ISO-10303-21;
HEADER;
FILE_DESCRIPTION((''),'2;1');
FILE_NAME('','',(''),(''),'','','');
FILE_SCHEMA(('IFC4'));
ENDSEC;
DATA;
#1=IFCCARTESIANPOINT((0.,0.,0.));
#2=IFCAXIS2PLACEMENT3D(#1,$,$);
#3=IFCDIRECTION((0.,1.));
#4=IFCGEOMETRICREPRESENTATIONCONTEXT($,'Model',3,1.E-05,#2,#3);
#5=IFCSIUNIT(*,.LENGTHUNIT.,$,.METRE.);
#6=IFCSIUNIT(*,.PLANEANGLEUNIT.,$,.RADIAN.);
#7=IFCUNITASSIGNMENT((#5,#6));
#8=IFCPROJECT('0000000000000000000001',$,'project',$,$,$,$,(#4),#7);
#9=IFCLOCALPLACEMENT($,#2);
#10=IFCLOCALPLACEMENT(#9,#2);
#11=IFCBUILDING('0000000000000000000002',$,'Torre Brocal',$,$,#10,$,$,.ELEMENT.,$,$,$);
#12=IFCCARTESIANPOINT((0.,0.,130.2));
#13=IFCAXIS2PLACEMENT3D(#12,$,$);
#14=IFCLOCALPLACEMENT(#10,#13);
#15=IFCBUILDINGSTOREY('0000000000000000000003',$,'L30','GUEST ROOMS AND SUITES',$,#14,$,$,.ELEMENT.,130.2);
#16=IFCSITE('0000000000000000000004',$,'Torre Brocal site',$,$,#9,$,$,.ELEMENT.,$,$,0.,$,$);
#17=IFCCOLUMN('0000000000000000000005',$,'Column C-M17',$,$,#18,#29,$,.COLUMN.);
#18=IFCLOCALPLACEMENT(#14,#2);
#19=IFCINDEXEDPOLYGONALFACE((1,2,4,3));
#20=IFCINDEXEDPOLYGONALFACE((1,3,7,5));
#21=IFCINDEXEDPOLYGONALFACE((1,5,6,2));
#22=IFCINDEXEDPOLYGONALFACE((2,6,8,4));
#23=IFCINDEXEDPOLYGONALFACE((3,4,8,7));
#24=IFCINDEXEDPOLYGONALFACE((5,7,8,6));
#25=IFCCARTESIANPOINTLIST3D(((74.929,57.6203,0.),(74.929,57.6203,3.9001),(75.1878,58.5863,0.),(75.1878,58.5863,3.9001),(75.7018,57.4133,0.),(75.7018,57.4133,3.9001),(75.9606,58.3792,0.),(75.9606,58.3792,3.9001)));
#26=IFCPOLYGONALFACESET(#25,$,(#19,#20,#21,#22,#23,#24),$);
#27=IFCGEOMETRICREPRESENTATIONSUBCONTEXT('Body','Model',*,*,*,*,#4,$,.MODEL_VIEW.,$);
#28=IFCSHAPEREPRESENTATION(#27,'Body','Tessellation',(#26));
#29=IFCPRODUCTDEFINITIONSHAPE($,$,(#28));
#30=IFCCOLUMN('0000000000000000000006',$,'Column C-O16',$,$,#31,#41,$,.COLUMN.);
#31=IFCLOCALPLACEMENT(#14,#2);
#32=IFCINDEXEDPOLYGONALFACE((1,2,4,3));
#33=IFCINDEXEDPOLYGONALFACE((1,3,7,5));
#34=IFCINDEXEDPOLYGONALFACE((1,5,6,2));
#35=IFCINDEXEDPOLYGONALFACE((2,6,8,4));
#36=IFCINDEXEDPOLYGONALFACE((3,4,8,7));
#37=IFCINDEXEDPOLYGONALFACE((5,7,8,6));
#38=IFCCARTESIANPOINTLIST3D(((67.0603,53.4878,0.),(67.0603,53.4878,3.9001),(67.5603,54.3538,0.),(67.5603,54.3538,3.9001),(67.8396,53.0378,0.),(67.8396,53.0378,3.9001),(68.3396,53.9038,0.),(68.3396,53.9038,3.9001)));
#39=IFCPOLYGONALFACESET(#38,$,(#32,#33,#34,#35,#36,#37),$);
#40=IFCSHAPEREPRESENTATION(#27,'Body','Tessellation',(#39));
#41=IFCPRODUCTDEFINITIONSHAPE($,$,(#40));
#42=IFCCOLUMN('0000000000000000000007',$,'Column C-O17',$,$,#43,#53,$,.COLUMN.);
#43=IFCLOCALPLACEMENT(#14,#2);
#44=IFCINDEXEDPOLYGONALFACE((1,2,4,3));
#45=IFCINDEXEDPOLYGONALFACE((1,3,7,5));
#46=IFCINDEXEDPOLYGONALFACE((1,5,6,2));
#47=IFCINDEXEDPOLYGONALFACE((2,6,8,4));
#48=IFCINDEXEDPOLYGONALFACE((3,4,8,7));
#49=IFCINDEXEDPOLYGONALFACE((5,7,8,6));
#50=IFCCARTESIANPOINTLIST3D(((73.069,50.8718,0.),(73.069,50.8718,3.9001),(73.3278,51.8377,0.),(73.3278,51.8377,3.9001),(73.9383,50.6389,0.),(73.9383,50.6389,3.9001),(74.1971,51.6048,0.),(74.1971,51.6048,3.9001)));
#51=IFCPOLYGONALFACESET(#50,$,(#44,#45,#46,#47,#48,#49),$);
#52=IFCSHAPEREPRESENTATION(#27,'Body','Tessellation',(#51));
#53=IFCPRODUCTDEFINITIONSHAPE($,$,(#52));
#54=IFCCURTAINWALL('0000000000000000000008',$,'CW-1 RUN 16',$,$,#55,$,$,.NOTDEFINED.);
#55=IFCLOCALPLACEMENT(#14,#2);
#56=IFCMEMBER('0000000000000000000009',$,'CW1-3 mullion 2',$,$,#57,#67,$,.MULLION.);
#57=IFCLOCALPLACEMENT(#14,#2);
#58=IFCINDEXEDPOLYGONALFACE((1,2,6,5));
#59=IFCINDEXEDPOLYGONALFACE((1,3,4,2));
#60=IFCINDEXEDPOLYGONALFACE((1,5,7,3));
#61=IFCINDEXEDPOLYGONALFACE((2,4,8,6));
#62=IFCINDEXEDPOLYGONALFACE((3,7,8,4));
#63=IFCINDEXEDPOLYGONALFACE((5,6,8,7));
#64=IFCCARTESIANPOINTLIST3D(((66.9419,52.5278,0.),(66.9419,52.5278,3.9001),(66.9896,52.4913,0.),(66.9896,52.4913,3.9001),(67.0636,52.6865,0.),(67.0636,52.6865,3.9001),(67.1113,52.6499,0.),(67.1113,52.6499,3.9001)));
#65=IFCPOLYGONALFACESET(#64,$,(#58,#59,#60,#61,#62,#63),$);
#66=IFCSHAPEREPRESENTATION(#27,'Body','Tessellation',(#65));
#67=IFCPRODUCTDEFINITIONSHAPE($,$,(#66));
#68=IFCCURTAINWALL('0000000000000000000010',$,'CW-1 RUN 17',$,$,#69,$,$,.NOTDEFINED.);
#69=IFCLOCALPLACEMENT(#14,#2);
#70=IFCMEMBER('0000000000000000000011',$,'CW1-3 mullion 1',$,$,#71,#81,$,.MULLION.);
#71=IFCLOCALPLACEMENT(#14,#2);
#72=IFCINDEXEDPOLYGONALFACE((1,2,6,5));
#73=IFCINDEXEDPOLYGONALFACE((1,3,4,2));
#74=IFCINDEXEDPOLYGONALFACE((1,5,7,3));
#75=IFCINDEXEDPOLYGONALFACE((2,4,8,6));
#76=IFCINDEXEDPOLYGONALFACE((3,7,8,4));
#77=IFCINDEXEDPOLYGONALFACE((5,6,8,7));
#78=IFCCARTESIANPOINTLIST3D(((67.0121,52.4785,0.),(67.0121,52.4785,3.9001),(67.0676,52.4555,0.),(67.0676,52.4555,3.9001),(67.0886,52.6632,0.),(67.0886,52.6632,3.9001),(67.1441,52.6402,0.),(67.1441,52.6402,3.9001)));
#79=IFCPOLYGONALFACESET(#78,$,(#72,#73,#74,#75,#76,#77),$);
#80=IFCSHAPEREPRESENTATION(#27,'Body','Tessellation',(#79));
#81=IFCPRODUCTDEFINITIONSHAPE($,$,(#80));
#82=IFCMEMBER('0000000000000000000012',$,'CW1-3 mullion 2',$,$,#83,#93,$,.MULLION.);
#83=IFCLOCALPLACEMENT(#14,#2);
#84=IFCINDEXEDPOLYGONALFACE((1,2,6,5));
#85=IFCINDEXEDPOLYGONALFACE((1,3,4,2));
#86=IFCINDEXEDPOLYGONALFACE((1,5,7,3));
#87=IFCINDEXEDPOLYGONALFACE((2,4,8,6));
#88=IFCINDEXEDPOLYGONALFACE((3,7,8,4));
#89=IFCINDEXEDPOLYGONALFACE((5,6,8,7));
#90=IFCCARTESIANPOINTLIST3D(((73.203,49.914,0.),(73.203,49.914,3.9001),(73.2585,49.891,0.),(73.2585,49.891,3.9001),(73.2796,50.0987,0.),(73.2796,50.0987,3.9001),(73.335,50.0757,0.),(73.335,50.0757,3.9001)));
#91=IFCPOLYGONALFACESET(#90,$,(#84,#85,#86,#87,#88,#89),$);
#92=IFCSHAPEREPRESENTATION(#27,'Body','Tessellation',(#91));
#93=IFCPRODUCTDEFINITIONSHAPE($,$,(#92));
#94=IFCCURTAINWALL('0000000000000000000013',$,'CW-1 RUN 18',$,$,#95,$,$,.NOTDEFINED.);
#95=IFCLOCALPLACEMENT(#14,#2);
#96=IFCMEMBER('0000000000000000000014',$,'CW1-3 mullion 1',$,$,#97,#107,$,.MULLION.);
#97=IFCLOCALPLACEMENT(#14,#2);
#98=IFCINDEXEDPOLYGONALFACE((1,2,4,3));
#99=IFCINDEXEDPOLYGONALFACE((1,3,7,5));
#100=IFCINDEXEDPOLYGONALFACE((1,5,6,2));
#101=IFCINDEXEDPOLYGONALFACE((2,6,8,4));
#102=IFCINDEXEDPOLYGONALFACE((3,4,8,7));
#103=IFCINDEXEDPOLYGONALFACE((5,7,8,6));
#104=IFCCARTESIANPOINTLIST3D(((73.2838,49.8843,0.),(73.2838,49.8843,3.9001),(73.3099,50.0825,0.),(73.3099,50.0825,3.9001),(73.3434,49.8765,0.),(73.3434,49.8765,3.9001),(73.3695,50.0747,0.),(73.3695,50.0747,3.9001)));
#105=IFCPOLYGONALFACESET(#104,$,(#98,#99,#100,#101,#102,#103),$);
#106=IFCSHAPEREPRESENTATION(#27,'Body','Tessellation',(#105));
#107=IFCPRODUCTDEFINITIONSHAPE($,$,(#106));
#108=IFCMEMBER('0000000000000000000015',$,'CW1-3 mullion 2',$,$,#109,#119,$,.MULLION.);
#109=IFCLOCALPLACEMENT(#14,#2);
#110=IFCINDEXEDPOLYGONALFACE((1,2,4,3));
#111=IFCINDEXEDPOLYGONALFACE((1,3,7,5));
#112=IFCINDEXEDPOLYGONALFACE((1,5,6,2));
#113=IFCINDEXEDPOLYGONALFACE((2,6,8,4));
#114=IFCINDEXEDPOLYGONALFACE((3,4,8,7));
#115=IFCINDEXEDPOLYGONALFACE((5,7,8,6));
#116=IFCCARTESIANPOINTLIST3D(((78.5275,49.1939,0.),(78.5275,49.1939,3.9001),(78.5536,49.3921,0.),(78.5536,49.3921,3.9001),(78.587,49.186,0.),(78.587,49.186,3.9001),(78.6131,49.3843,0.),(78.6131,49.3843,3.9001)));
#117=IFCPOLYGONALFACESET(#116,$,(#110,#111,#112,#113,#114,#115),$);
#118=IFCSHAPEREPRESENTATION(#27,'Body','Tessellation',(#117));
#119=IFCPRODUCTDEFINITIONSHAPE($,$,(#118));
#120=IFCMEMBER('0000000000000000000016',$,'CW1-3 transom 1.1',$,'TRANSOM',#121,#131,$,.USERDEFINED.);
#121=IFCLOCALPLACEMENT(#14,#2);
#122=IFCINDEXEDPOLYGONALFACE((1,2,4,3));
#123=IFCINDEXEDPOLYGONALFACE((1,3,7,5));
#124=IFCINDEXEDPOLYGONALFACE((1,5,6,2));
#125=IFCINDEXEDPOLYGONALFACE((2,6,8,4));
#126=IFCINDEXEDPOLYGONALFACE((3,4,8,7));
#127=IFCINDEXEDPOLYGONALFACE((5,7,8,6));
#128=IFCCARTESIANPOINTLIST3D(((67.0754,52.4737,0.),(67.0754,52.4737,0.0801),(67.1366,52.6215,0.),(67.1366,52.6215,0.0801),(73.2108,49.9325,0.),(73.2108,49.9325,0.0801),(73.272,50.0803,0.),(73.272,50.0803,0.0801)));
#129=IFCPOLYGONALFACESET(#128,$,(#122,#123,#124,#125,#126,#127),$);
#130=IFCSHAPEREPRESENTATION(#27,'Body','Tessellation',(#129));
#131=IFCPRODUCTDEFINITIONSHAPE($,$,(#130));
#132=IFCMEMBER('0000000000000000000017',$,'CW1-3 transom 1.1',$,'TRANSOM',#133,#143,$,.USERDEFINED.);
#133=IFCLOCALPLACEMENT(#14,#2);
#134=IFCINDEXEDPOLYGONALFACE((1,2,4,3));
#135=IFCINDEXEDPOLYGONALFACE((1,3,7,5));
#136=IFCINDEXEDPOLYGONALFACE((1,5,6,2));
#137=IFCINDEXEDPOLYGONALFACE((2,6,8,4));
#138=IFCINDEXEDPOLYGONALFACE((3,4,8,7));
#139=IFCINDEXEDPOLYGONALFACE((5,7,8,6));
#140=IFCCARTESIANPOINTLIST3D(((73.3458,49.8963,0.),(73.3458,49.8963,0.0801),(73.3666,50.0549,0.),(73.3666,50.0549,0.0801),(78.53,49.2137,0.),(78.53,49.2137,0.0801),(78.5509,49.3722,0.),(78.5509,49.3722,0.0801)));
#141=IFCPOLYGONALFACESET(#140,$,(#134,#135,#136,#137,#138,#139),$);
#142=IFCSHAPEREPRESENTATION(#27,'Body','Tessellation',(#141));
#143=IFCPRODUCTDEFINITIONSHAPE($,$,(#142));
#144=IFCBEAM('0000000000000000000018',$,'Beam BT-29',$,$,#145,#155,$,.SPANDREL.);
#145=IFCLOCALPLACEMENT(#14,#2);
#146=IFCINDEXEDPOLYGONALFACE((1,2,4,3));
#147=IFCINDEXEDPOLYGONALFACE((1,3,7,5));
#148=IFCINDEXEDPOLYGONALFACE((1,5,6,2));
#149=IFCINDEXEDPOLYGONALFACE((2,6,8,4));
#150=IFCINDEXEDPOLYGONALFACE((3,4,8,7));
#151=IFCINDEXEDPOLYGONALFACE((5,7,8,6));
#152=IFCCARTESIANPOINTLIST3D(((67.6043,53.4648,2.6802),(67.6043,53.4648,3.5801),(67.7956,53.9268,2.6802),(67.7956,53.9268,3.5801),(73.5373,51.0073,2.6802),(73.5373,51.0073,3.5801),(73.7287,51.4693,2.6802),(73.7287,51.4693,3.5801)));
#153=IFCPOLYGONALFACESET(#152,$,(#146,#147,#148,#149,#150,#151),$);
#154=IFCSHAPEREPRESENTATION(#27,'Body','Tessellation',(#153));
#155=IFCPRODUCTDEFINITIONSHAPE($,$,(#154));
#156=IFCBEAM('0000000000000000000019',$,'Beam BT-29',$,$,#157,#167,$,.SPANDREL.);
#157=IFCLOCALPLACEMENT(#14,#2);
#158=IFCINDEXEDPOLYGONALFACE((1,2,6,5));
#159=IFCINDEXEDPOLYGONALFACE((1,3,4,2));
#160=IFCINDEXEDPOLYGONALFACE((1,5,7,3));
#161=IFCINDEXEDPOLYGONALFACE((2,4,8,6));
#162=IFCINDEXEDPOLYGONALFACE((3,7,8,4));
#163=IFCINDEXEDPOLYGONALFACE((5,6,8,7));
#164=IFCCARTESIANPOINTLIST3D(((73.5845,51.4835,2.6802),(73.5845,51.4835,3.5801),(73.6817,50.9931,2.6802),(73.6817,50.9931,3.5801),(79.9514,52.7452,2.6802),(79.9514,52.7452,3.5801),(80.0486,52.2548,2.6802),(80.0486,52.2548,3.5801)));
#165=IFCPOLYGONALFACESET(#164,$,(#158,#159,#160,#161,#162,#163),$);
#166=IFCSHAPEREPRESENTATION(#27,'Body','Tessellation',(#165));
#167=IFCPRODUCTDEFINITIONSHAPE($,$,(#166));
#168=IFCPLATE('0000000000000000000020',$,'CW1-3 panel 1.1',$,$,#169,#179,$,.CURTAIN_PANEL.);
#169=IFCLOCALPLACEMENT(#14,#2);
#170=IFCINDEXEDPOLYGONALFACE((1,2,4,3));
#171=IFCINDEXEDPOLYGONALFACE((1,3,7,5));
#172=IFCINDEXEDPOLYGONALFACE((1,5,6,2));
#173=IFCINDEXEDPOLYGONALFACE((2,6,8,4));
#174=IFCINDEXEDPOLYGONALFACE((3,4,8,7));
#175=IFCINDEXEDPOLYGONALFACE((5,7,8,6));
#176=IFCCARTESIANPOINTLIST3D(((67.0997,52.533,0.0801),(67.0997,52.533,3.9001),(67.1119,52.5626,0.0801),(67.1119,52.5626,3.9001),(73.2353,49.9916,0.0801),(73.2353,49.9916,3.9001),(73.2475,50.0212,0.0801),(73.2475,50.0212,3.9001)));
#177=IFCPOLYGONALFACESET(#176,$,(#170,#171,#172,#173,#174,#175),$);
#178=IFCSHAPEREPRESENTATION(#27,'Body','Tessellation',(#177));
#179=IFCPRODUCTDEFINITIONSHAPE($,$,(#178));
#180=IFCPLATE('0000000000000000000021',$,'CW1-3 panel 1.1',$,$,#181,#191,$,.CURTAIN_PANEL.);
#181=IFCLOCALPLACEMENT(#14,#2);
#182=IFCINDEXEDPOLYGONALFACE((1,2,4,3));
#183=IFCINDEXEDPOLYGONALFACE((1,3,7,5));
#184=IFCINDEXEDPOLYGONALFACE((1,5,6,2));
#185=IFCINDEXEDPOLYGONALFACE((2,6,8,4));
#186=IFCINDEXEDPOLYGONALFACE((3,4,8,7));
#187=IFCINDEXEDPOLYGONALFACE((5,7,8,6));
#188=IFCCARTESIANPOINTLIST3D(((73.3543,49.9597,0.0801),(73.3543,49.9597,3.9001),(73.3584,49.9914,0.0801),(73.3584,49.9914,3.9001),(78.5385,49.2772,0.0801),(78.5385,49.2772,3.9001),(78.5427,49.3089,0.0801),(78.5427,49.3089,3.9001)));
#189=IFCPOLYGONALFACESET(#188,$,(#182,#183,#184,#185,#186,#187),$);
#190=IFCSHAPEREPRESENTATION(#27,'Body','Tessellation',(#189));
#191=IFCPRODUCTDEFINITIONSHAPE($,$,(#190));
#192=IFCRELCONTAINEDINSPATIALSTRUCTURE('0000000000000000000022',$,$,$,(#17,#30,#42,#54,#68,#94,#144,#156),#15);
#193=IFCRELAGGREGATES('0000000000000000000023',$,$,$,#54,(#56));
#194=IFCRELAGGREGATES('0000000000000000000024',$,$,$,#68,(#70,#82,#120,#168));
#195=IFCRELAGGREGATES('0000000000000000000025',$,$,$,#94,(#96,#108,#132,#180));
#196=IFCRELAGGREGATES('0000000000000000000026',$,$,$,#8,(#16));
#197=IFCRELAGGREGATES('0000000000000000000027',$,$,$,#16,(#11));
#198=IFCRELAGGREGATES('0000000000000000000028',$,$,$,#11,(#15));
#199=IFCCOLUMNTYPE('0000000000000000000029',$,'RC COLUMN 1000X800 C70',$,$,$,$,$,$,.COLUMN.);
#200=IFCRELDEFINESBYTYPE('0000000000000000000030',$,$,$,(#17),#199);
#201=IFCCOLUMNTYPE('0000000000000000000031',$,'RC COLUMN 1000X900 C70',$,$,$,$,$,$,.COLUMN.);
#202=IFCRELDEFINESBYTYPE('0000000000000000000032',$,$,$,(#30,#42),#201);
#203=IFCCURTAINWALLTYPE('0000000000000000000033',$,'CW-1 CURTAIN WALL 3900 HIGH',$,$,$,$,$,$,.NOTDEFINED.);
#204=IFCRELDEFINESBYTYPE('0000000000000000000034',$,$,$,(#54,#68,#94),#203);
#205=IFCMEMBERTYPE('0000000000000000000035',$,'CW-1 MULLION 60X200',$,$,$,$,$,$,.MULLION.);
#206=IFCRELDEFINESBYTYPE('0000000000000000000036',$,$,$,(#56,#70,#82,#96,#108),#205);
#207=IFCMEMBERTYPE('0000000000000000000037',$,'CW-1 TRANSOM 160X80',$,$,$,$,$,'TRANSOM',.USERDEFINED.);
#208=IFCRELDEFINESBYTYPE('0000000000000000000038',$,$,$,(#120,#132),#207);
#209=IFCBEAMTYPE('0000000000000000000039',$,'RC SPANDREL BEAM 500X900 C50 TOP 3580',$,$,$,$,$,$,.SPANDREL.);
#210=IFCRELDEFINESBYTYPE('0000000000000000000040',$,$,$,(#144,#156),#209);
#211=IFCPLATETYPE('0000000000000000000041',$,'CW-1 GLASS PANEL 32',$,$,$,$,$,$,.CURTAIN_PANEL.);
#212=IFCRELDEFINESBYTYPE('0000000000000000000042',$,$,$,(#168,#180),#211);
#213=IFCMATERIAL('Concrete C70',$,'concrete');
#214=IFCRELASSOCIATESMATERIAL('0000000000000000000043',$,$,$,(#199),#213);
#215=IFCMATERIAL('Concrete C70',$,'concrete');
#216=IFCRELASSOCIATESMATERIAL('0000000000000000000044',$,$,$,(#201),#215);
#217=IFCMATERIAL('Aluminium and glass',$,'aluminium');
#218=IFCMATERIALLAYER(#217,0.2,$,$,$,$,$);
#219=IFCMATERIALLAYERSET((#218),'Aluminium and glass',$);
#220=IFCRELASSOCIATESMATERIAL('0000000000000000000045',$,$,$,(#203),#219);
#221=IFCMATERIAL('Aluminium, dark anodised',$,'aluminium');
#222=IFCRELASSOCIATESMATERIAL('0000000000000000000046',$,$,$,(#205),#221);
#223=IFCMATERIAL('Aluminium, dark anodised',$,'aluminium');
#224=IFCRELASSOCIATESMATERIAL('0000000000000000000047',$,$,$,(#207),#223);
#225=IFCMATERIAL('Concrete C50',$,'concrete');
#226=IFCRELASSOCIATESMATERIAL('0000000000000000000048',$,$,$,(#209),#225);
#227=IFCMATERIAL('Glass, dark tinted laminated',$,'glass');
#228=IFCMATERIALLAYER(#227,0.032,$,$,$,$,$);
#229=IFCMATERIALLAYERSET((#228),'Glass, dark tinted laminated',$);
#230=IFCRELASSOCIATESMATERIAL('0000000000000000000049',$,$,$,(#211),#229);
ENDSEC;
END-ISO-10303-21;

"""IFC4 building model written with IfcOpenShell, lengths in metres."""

from ifc_helpers import new_model, si_unit, direction, frame, origin, origin_2d, place, context, subcontext, project, spatial, rectangle, extrude, material, layer, layer_set, material_profile, profile_set, type_object, element, aggregate, save


model = new_model("IFC4")

# Units and contexts
model_context = context("Model", 3, precision=1e-05, world=origin(), true_north=direction((0.0, 1.0)))
body_context = subcontext(model_context, "Body", "Model", "MODEL_VIEW")
ifc_project = project(units=[si_unit("LENGTHUNIT", "METRE"), si_unit("PLANEANGLEUNIT", "RADIAN")], contexts=[model_context])

# Site, building, storey
site_placement = place(None, origin())
site = spatial("IfcSite", under=ifc_project, at=site_placement, Name="Torre Brocal site", CompositionType="ELEMENT", RefElevation=0.0)
building_placement = place(site_placement, origin())
building = spatial("IfcBuilding", under=site, at=building_placement, Name="Torre Brocal", CompositionType="ELEMENT")
storey_placement = place(building_placement, frame((0.0, 0.0, 130.2)))
storey = spatial("IfcBuildingStorey", under=building, at=storey_placement, Name="L30", Description="GUEST ROOMS AND SUITES", CompositionType="ELEMENT", Elevation=130.2)

# Columns
ifc_material_1 = material(Name="Concrete C70", Category="concrete")
ifc_material_profile_1 = material_profile(ifc_material_1, rectangle(XDim=1.0, YDim=0.8, at=origin_2d()), Name="RC 1000X800")
ifc_profile_set_1 = profile_set([ifc_material_profile_1], Name="Concrete C70")
column_type_1 = type_object("IfcColumnType", Name="RC COLUMN 1000X800 C70", PredefinedType="COLUMN", material=ifc_profile_set_1)
column_placement = place(storey_placement, frame((75.4448, 57.9998, 0.0), z_axis=(0.0, 0.0, 1.0), x_axis=(-0.258819, -0.965926, 0.0)))
element("IfcColumn", 1, at=column_placement, inside=storey, type_object=column_type_1, Name="Column C-M17", PredefinedType="COLUMN", context=body_context, shape_type="SweptSolid", body=[
    extrude(rectangle(XDim=1.0, YDim=0.8, at=origin_2d()), origin(), (0.0, 0.0, 1.0), 3.9001),
])
ifc_material_2 = material(Name="Concrete C70", Category="concrete")
ifc_material_profile_2 = material_profile(ifc_material_2, rectangle(XDim=1.0, YDim=0.8999, at=origin_2d()), Name="RC 1000X900")
ifc_profile_set_2 = profile_set([ifc_material_profile_2], Name="Concrete C70")
column_type_2 = type_object("IfcColumnType", Name="RC COLUMN 1000X900 C70", PredefinedType="COLUMN", material=ifc_profile_set_2)
for number, where, z_axis, x_axis, name in (
    (2, (67.7, 53.6958, 0.0), (0.0, 0.0, 1.0), (-0.5, -0.866025, 0.0), "Column C-O16"),
    (3, (73.6331, 51.2383, 0.0), (0.0, 0.0, 1.0), (-0.258819, -0.965926, 0.0), "Column C-O17"),
):
    element("IfcColumn", number, at=place(storey_placement, frame(where, z_axis=z_axis, x_axis=x_axis)), inside=storey, type_object=column_type_2, Name=name, PredefinedType="COLUMN", context=body_context, shape_type="SweptSolid", body=[
        extrude(rectangle(XDim=1.0, YDim=0.8999, at=origin_2d()), origin(), (0.0, 0.0, 1.0), 3.9001),
    ])

# Curtain wall, member
ifc_material_3 = material(Name="Aluminium and glass", Category="aluminium")
ifc_layer_1 = layer(ifc_material_3, 0.2)
ifc_layer_set_1 = layer_set([ifc_layer_1], Name="Aluminium and glass")
curtain_wall_type = type_object("IfcCurtainWallType", Name="CW-1 CURTAIN WALL 3900 HIGH", PredefinedType="NOTDEFINED", material=ifc_layer_set_1)
curtain_wall_1_placement = place(storey_placement, origin())
curtain_wall_1 = element("IfcCurtainWall", 4, at=curtain_wall_1_placement, inside=storey, type_object=curtain_wall_type, Name="CW-1 RUN 16", PredefinedType="NOTDEFINED")
ifc_material_4 = material(Name="Aluminium, dark anodised", Category="aluminium")
ifc_material_profile_3 = material_profile(ifc_material_4, rectangle(XDim=0.2, YDim=0.0601, at=origin_2d()), Name="CW-1 MULLION 60X200")
ifc_profile_set_3 = profile_set([ifc_material_profile_3], Name="Aluminium, dark anodised")
member_type_1 = type_object("IfcMemberType", Name="CW-1 MULLION 60X200", PredefinedType="MULLION", material=ifc_profile_set_3)
member_1_placement = place(storey_placement, frame((67.0266, 52.5889, 0.0), z_axis=(0.0, 0.0, 1.0), x_axis=(0.608761, 0.793353, 0.0)))
member_1 = element("IfcMember", 5, at=member_1_placement, type_object=member_type_1, Name="CW1-3 mullion 2", PredefinedType="MULLION", context=body_context, shape_type="SweptSolid", body=[
    extrude(rectangle(XDim=0.2, YDim=0.0601, at=origin_2d()), origin(), (0.0, 0.0, 1.0), 3.9001),
])
aggregate(curtain_wall_1, [member_1])

# Curtain walls, members
curtain_wall_2_placement = place(storey_placement, origin())
curtain_wall_2 = element("IfcCurtainWall", 6, at=curtain_wall_2_placement, inside=storey, type_object=curtain_wall_type, Name="CW-1 RUN 17", PredefinedType="NOTDEFINED")
member_2_placement = place(storey_placement, frame((67.0781, 52.5593, 0.0), z_axis=(0.0, 0.0, 1.0), x_axis=(0.382683, 0.92388, 0.0)))
member_2 = element("IfcMember", 7, at=member_2_placement, type_object=member_type_1, Name="CW1-3 mullion 1", PredefinedType="MULLION", context=body_context, shape_type="SweptSolid", body=[
    extrude(rectangle(XDim=0.2, YDim=0.0601, at=origin_2d()), origin(), (0.0, 0.0, 1.0), 3.9001),
])
member_3_placement = place(storey_placement, frame((73.269, 49.9949, 0.0), z_axis=(0.0, 0.0, 1.0), x_axis=(0.382683, 0.92388, 0.0)))
member_3 = element("IfcMember", 8, at=member_3_placement, type_object=member_type_1, Name="CW1-3 mullion 2", PredefinedType="MULLION", context=body_context, shape_type="SweptSolid", body=[
    extrude(rectangle(XDim=0.2, YDim=0.0601, at=origin_2d()), origin(), (0.0, 0.0, 1.0), 3.9001),
])
curtain_wall_3_placement = place(storey_placement, origin())
curtain_wall_3 = element("IfcCurtainWall", 9, at=curtain_wall_3_placement, inside=storey, type_object=curtain_wall_type, Name="CW-1 RUN 18", PredefinedType="NOTDEFINED")
member_4_placement = place(storey_placement, frame((73.3267, 49.9795, 0.0), z_axis=(0.0, 0.0, 1.0), x_axis=(0.130526, 0.991445, 0.0)))
member_4 = element("IfcMember", 10, at=member_4_placement, type_object=member_type_1, Name="CW1-3 mullion 1", PredefinedType="MULLION", context=body_context, shape_type="SweptSolid", body=[
    extrude(rectangle(XDim=0.2, YDim=0.0601, at=origin_2d()), origin(), (0.0, 0.0, 1.0), 3.9001),
])
member_5_placement = place(storey_placement, frame((78.5703, 49.2891, 0.0), z_axis=(0.0, 0.0, 1.0), x_axis=(0.130526, 0.991445, 0.0)))
member_5 = element("IfcMember", 11, at=member_5_placement, type_object=member_type_1, Name="CW1-3 mullion 2", PredefinedType="MULLION", context=body_context, shape_type="SweptSolid", body=[
    extrude(rectangle(XDim=0.2, YDim=0.0601, at=origin_2d()), origin(), (0.0, 0.0, 1.0), 3.9001),
])

# Members
ifc_material_5 = material(Name="Aluminium, dark anodised", Category="aluminium")
ifc_material_profile_4 = material_profile(ifc_material_5, rectangle(XDim=0.1599, YDim=0.0801, at=origin_2d()), Name="CW-1 TRANSOM 160X80")
ifc_profile_set_4 = profile_set([ifc_material_profile_4], Name="Aluminium, dark anodised")
member_type_2 = type_object("IfcMemberType", Name="CW-1 TRANSOM 160X80", ElementType="TRANSOM", PredefinedType="USERDEFINED", material=ifc_profile_set_4)
member_6_placement = place(storey_placement, frame((67.106, 52.5476, 0.04), z_axis=(0.923887, -0.382665, 0.0), x_axis=(0.382665, 0.923887, 0.0)))
member_6 = element("IfcMember", 12, at=member_6_placement, type_object=member_type_2, Name="CW1-3 transom 1.1", ObjectType="TRANSOM", PredefinedType="USERDEFINED", context=body_context, shape_type="SweptSolid", body=[
    extrude(rectangle(XDim=0.1599, YDim=0.0801, at=origin_2d()), origin(), (0.0, 0.0, 1.0), 6.6409),
])
member_7_placement = place(storey_placement, frame((73.3562, 49.9756, 0.04), z_axis=(0.991443, -0.130543, 0.0), x_axis=(0.130543, 0.991443, 0.0)))
member_7 = element("IfcMember", 13, at=member_7_placement, type_object=member_type_2, Name="CW1-3 transom 1.1", ObjectType="TRANSOM", PredefinedType="USERDEFINED", context=body_context, shape_type="SweptSolid", body=[
    extrude(rectangle(XDim=0.1599, YDim=0.0801, at=origin_2d()), origin(), (0.0, 0.0, 1.0), 5.229),
])

# Beams
ifc_material_6 = material(Name="Concrete C50", Category="concrete")
ifc_material_profile_5 = material_profile(ifc_material_6, rectangle(XDim=0.5, YDim=0.8999, at=origin_2d()), Name="RC 500X900")
ifc_profile_set_5 = profile_set([ifc_material_profile_5], Name="Concrete C50")
beam_type = type_object("IfcBeamType", Name="RC SPANDREL BEAM 500X900 C50 TOP 3580", PredefinedType="SPANDREL", material=ifc_profile_set_5)
beam_1_placement = place(storey_placement, frame((67.7, 53.6958, 3.1301), z_axis=(0.923882, -0.382676, 0.0), x_axis=(0.382676, 0.923882, 0.0)))
element("IfcBeam", 14, at=beam_1_placement, inside=storey, type_object=beam_type, Name="Beam BT-29", PredefinedType="SPANDREL", context=body_context, shape_type="SweptSolid", body=[
    extrude(rectangle(XDim=0.5, YDim=0.8999, at=origin_2d()), origin(), (0.0, 0.0, 1.0), 6.4219),
])
beam_2_placement = place(storey_placement, frame((73.6331, 51.2383, 3.1301), z_axis=(0.980925, 0.194387, 0.0), x_axis=(-0.194387, 0.980925, 0.0)))
element("IfcBeam", 15, at=beam_2_placement, inside=storey, type_object=beam_type, Name="Beam BT-29", PredefinedType="SPANDREL", context=body_context, shape_type="SweptSolid", body=[
    extrude(rectangle(XDim=0.5, YDim=0.8999, at=origin_2d()), origin(), (0.0, 0.0, 1.0), 6.4907),
])

# Plates
ifc_material_7 = material(Name="Glass, dark tinted laminated", Category="glass")
ifc_layer_2 = layer(ifc_material_7, 0.032)
ifc_layer_set_2 = layer_set([ifc_layer_2], Name="Glass, dark tinted laminated")
plate_type = type_object("IfcPlateType", Name="CW-1 GLASS PANEL 32", PredefinedType="CURTAIN_PANEL", material=ifc_layer_set_2)
plate_1_placement = place(storey_placement, frame((70.1736, 51.2771, 0.0801), z_axis=(0.0, 0.0, 1.0), x_axis=(0.92388, -0.382683, 0.0)))
plate_1 = element("IfcPlate", 16, at=plate_1_placement, type_object=plate_type, Name="CW1-3 panel 1.1", PredefinedType="CURTAIN_PANEL", context=body_context, shape_type="SweptSolid", body=[
    extrude(rectangle(XDim=6.6411, YDim=0.032, at=origin_2d()), origin(), (0.0, 0.0, 1.0), 3.8201),
])
aggregate(curtain_wall_2, [member_2, member_3, member_6, plate_1])
plate_2_placement = place(storey_placement, frame((75.9485, 49.6343, 0.0801), z_axis=(0.0, 0.0, 1.0), x_axis=(0.991445, -0.130526, 0.0)))
plate_2 = element("IfcPlate", 17, at=plate_2_placement, type_object=plate_type, Name="CW1-3 panel 1.1", PredefinedType="CURTAIN_PANEL", context=body_context, shape_type="SweptSolid", body=[
    extrude(rectangle(XDim=5.229, YDim=0.032, at=origin_2d()), origin(), (0.0, 0.0, 1.0), 3.8201),
])
aggregate(curtain_wall_3, [member_4, member_5, member_7, plate_2])

save(model, "model.ifc")
